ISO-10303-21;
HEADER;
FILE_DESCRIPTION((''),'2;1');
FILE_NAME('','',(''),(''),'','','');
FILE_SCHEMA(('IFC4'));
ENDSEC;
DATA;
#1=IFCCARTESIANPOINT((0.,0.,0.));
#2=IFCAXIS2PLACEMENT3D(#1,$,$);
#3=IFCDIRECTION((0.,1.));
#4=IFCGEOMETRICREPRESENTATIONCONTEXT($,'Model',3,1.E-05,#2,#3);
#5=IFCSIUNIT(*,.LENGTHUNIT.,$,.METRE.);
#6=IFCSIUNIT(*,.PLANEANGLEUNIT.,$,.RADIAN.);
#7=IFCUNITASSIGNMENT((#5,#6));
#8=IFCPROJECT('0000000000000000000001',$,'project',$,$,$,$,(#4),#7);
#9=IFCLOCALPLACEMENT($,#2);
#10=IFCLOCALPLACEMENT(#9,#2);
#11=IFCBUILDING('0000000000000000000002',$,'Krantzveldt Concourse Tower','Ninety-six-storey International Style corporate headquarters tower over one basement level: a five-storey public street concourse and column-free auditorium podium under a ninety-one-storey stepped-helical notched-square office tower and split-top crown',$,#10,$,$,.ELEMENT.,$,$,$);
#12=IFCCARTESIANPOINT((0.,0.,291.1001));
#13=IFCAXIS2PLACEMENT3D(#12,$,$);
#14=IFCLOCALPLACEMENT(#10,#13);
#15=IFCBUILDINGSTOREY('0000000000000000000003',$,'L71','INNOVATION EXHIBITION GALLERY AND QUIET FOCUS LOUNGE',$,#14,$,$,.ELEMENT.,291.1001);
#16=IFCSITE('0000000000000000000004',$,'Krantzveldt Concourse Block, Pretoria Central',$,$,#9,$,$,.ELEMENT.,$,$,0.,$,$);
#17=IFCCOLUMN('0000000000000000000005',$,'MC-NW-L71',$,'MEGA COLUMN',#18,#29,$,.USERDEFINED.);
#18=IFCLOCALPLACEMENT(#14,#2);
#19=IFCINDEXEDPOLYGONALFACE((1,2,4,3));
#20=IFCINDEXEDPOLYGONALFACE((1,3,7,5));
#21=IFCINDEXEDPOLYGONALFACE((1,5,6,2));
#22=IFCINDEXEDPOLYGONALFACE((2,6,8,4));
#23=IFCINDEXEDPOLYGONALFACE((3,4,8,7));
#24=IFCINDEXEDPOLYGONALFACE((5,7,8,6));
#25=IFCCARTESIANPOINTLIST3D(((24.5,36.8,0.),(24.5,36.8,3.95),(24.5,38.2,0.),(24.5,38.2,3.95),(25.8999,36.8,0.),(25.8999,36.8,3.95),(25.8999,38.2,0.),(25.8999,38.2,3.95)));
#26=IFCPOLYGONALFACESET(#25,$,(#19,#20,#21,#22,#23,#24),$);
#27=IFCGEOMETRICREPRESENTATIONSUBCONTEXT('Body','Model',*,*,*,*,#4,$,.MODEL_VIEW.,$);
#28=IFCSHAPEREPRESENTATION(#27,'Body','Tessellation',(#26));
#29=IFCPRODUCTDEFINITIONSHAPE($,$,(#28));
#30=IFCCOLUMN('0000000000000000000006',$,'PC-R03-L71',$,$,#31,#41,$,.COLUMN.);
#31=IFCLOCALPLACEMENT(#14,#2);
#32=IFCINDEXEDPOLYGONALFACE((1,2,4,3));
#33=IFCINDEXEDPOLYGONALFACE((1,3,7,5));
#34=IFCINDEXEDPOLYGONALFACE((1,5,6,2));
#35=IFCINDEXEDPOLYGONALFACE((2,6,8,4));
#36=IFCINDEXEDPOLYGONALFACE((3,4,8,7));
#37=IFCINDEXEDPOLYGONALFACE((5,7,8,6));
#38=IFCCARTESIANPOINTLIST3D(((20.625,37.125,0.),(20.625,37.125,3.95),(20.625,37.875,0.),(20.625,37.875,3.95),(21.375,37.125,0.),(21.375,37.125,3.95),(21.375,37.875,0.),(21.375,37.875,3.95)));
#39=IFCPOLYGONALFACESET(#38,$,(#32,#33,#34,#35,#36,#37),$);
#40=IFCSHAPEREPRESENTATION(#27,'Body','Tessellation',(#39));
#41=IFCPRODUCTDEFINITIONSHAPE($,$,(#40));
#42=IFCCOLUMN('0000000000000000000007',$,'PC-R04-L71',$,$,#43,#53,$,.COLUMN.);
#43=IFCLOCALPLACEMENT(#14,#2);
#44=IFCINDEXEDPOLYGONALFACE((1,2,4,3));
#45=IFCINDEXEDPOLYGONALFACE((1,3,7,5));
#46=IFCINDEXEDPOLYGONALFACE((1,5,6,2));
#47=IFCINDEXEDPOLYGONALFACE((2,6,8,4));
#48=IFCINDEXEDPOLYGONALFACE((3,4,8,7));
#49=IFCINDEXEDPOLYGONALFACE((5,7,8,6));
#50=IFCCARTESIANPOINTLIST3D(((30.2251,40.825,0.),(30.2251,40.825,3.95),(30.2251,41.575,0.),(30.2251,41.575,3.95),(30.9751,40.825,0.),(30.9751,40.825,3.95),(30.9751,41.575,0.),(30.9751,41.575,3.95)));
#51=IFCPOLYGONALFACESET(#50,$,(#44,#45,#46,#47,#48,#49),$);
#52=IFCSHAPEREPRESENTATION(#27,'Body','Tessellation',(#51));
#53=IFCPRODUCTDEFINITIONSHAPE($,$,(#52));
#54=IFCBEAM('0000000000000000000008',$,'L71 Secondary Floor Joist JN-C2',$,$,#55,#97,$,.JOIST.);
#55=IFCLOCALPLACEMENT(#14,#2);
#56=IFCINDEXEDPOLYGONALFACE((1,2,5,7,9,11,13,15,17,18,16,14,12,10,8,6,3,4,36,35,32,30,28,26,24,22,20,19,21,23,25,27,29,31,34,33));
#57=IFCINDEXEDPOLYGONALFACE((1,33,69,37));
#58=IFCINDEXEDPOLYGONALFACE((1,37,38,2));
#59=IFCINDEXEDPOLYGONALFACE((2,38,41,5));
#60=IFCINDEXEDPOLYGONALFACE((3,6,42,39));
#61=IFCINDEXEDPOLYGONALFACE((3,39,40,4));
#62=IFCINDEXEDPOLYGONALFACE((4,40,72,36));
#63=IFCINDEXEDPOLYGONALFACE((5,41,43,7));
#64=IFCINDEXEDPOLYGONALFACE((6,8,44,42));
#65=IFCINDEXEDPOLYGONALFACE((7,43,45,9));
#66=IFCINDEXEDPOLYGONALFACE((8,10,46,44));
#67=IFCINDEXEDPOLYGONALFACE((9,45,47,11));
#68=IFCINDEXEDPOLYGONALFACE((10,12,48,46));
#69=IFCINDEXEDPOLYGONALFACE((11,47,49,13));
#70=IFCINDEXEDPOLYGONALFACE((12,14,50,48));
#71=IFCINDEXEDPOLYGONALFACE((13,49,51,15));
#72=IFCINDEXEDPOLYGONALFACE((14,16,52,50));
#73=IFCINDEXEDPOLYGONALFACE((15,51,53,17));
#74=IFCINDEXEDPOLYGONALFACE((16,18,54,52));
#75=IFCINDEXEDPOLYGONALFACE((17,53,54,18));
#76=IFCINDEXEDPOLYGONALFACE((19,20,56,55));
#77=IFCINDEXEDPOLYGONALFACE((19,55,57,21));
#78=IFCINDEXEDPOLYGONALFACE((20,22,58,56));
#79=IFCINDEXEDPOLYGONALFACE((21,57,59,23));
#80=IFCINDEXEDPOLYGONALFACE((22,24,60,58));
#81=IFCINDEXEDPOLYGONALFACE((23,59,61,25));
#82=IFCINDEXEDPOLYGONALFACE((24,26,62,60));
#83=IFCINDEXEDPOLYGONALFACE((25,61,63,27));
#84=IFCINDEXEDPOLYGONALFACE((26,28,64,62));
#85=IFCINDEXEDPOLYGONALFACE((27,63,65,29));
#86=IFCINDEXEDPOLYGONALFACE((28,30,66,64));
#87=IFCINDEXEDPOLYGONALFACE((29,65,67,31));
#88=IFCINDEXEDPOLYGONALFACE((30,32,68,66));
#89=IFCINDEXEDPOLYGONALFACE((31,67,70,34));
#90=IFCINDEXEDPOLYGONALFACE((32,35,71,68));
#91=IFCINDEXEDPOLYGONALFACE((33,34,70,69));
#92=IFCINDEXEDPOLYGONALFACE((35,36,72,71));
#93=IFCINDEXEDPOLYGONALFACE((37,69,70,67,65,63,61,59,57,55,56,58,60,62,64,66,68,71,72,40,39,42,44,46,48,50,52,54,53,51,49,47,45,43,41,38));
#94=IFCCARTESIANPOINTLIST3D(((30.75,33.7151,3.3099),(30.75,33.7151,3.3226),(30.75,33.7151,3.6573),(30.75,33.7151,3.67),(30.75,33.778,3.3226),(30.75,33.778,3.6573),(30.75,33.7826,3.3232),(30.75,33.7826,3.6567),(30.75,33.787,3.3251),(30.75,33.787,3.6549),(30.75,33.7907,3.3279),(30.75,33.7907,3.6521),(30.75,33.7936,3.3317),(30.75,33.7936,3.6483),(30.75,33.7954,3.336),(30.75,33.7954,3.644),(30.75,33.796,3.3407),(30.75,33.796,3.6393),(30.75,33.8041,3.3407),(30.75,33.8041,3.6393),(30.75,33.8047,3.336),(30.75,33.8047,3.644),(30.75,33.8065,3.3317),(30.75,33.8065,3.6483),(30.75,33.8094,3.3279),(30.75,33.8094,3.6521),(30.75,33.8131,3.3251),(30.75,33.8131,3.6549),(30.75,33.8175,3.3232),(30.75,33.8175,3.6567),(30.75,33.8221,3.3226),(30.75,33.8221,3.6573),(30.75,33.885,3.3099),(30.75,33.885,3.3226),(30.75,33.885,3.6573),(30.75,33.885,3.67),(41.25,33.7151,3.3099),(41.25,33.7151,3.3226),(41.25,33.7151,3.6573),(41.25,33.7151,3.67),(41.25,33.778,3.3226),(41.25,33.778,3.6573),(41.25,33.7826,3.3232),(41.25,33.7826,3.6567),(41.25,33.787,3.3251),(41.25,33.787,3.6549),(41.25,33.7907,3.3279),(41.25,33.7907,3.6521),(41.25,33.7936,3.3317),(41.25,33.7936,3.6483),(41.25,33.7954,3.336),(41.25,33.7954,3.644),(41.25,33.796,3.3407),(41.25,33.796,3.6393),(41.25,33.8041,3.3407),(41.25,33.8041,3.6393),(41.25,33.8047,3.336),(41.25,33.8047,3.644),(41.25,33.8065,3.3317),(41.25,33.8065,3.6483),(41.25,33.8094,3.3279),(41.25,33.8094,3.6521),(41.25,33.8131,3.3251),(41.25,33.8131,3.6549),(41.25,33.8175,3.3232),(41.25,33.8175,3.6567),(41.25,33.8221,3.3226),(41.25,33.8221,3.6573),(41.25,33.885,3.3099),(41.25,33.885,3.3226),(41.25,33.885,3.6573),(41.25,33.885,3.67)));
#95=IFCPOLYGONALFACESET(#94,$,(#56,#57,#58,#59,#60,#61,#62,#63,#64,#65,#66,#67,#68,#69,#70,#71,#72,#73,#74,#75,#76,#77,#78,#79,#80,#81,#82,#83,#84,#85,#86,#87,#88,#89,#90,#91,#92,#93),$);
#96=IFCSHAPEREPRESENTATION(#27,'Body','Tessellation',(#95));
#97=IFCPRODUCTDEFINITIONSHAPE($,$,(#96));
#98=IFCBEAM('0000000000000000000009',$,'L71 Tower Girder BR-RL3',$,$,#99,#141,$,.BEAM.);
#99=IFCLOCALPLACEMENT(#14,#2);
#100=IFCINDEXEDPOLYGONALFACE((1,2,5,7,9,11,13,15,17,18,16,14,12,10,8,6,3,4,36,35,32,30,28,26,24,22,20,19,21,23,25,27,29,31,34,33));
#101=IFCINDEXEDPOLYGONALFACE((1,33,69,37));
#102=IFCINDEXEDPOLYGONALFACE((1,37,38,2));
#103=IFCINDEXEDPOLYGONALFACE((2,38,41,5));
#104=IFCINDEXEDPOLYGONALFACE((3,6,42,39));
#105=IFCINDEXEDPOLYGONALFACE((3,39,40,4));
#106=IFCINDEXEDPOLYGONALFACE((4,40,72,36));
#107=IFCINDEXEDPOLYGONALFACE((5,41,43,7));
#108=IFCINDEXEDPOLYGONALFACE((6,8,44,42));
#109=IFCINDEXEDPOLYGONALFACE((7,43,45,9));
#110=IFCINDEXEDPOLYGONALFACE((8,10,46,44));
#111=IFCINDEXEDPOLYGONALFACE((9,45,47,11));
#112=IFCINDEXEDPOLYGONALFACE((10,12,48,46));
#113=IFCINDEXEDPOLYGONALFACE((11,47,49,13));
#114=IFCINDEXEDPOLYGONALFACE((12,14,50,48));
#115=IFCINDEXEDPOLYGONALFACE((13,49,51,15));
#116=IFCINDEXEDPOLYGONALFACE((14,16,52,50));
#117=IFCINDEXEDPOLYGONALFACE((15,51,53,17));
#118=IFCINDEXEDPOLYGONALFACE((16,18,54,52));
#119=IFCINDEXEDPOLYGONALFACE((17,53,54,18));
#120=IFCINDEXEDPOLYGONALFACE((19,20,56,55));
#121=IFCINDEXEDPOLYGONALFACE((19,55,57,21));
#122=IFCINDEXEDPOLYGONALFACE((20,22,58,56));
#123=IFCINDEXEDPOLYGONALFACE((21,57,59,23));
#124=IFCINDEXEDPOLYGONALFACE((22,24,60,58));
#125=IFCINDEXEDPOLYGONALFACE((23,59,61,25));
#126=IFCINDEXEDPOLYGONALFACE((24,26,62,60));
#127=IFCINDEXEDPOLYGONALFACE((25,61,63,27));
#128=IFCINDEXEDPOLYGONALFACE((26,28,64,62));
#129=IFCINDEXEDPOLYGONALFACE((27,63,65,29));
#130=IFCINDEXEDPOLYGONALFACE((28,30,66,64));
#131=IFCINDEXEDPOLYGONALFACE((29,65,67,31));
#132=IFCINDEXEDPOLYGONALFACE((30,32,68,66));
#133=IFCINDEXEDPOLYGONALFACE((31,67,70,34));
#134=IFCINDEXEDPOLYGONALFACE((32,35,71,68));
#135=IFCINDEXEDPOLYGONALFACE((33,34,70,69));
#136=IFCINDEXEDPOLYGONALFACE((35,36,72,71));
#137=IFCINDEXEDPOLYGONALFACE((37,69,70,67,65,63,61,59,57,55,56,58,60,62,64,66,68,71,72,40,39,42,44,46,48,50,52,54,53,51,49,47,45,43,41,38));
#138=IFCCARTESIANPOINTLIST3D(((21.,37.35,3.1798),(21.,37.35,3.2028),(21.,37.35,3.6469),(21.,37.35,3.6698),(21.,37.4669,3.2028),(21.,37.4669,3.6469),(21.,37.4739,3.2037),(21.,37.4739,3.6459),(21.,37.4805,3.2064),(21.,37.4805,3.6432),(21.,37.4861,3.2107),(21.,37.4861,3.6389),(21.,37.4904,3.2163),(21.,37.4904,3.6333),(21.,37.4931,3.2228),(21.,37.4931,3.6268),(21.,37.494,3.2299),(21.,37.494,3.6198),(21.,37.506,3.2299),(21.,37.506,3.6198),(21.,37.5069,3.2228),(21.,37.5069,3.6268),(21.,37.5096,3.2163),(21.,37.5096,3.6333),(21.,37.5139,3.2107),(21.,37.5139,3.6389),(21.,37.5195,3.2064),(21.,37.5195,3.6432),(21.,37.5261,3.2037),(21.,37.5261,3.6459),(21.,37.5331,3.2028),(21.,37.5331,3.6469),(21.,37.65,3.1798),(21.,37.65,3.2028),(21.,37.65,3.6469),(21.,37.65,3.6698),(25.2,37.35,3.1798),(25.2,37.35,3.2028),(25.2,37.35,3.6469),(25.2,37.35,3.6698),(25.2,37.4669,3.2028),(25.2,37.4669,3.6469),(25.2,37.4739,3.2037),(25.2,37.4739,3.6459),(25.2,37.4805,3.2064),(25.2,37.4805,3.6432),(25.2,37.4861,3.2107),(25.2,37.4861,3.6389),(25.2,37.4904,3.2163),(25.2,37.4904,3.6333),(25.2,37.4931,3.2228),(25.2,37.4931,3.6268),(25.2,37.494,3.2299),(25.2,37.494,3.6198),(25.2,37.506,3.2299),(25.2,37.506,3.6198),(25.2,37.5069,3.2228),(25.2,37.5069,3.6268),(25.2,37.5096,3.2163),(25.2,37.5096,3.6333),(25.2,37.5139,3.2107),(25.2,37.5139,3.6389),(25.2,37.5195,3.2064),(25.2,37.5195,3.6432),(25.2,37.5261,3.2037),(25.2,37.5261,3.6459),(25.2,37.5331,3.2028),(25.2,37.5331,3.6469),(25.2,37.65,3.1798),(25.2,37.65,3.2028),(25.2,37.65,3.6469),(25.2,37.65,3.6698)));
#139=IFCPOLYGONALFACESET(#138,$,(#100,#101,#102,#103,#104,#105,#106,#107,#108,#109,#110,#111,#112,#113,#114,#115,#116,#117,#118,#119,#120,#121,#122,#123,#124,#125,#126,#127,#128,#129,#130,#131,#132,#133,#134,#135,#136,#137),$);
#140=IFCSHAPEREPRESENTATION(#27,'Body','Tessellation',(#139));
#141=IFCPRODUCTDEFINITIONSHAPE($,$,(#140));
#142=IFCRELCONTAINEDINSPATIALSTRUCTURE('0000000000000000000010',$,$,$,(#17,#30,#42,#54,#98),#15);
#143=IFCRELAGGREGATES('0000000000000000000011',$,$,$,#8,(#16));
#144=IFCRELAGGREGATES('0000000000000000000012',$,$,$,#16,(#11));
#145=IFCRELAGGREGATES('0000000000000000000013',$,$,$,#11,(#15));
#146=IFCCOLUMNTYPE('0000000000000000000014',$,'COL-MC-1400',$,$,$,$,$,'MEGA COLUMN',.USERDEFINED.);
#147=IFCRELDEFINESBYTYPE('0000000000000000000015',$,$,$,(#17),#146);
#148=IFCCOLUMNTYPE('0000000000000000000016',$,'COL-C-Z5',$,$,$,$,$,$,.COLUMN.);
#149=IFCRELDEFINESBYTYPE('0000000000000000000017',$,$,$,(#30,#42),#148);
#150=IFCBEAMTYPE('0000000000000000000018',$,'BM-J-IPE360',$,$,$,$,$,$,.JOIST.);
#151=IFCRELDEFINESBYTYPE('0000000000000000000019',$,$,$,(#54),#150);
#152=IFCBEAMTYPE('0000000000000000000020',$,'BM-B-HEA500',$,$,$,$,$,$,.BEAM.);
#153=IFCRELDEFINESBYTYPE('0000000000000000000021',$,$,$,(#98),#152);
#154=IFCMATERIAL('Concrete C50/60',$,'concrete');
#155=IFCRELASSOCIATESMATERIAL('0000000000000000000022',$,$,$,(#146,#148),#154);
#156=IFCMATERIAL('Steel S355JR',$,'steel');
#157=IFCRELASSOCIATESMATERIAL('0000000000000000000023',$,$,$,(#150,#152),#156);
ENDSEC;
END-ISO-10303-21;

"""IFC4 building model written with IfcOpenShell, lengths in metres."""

from ifc_helpers import new_model, si_unit, direction, frame, origin, origin_2d, place, context, subcontext, project, spatial, rectangle, i_section, extrude, source, transform, mapped, material, material_profile, profile_set, type_object, type_shapes, element, save


model = new_model("IFC4")

# Units and contexts
model_context = context("Model", 3, precision=1e-05, world=origin(), true_north=direction((0.0, 1.0)))
body_context = subcontext(model_context, "Body", "Model", "MODEL_VIEW")
ifc_project = project(units=[si_unit("LENGTHUNIT", "METRE"), si_unit("PLANEANGLEUNIT", "RADIAN")], contexts=[model_context])

# Site, building, storey
site_placement = place(None, origin())
site = spatial("IfcSite", under=ifc_project, at=site_placement, Name="Krantzveldt Concourse Block, Pretoria Central", CompositionType="ELEMENT", RefElevation=0.0)
building_placement = place(site_placement, origin())
building = spatial("IfcBuilding", under=site, at=building_placement, Name="Krantzveldt Concourse Tower", Description="Ninety-six-storey International Style corporate headquarters tower over one basement level: a five-storey public street concourse and column-free auditorium podium under a ninety-one-storey stepped-helical notched-square office tower and split-top crown", CompositionType="ELEMENT")
storey_placement = place(building_placement, frame((0.0, 0.0, 291.1001)))
storey = spatial("IfcBuildingStorey", under=building, at=storey_placement, Name="L71", Description="INNOVATION EXHIBITION GALLERY AND QUIET FOCUS LOUNGE", CompositionType="ELEMENT", Elevation=291.1001)

# Columns
ifc_material_1 = material(Name="Concrete C50/60", Category="concrete")
ifc_material_profile_1 = material_profile(ifc_material_1, rectangle(XDim=1.3999, YDim=1.3999, at=origin_2d()), Name="Concrete C50/60", Category="concrete")
ifc_profile_set_1 = profile_set([ifc_material_profile_1], Name="Concrete C50/60 - RC 1400x1400")
column_type_1 = type_object("IfcColumnType", Name="COL-MC-1400", ElementType="MEGA COLUMN", PredefinedType="USERDEFINED", material=ifc_profile_set_1)
shared_shape_1 = source(origin(), body_context, "Body", "SweptSolid", [
    extrude(rectangle(XDim=1.3999, YDim=1.3999, at=origin_2d()), origin(), (0.0, 0.0, 1.0), 3.95),
])
type_shapes(column_type_1, [shared_shape_1])
column_placement = place(storey_placement, frame((25.2, 37.5, 0.0), z_axis=(0.0, 0.0, 1.0), x_axis=(1.0, 0.0, 0.0)))
element("IfcColumn", 1, at=column_placement, inside=storey, type_object=column_type_1, Name="MC-NW-L71", ObjectType="MEGA COLUMN", PredefinedType="USERDEFINED", context=body_context, shape_type="MappedRepresentation", body=[
    mapped(shared_shape_1, transform((0.0, 0.0, 0.0), x_axis=(1.0, 0.0, 0.0), y_axis=(0.0, 1.0, 0.0), z_axis=(0.0, 0.0, 1.0), scale=1.0)),
])
ifc_material_profile_2 = material_profile(ifc_material_1, rectangle(XDim=0.75, YDim=0.75, at=origin_2d()), Name="Concrete C50/60", Category="concrete")
ifc_profile_set_2 = profile_set([ifc_material_profile_2], Name="Concrete C50/60 - RC 750x750")
column_type_2 = type_object("IfcColumnType", Name="COL-C-Z5", PredefinedType="COLUMN", material=ifc_profile_set_2)
shared_shape_2 = source(origin(), body_context, "Body", "SweptSolid", [
    extrude(rectangle(XDim=0.75, YDim=0.75, at=origin_2d()), origin(), (0.0, 0.0, 1.0), 3.95),
])
type_shapes(column_type_2, [shared_shape_2])
for number, where, z_axis, x_axis, name in (
    (2, (21.0, 37.5, 0.0), (0.0, 0.0, 1.0), (1.0, 0.0, 0.0), "PC-R03-L71"),
    (3, (30.6001, 41.2, 0.0), (0.0, 0.0, 1.0), (1.0, 0.0, 0.0), "PC-R04-L71"),
):
    element("IfcColumn", number, at=place(storey_placement, frame(where, z_axis=z_axis, x_axis=x_axis)), inside=storey, type_object=column_type_2, Name=name, PredefinedType="COLUMN", context=body_context, shape_type="MappedRepresentation", body=[
        mapped(shared_shape_2, transform((0.0, 0.0, 0.0), x_axis=(1.0, 0.0, 0.0), y_axis=(0.0, 1.0, 0.0), z_axis=(0.0, 0.0, 1.0), scale=1.0)),
    ])

# Beams
ifc_material_2 = material(Name="Steel S355JR", Category="steel")
ifc_material_profile_3 = material_profile(ifc_material_2, i_section(OverallWidth=0.1699, OverallDepth=0.3601, WebThickness=0.0081, FlangeThickness=0.0127, FilletRadius=0.0181, at=origin_2d()), Name="Steel S355JR", Category="steel")
ifc_profile_set_3 = profile_set([ifc_material_profile_3], Name="Steel S355JR - IPE 360")
beam_type_1 = type_object("IfcBeamType", Name="BM-J-IPE360", PredefinedType="JOIST", material=ifc_profile_set_3)
shared_shape_3 = source(origin(), body_context, "Body", "SweptSolid", [
    extrude(i_section(OverallWidth=0.1699, OverallDepth=0.3601, WebThickness=0.0081, FlangeThickness=0.0127, FilletRadius=0.0181, at=origin_2d()), origin(), (0.0, 0.0, 1.0), 10.5),
])
beam_1_placement = place(storey_placement, frame((30.75, 33.8, 3.49), z_axis=(1.0, 0.0, 0.0), x_axis=(0.0, 1.0, 0.0)))
element("IfcBeam", 4, at=beam_1_placement, inside=storey, type_object=beam_type_1, Name="L71 Secondary Floor Joist JN-C2", PredefinedType="JOIST", context=body_context, shape_type="MappedRepresentation", body=[
    mapped(shared_shape_3, transform((0.0, 0.0, 0.0), x_axis=(1.0, 0.0, 0.0), y_axis=(0.0, 1.0, 0.0), z_axis=(0.0, 0.0, 1.0), scale=1.0)),
])
ifc_material_profile_4 = material_profile(ifc_material_2, i_section(OverallWidth=0.3, OverallDepth=0.49, WebThickness=0.012, FlangeThickness=0.0229, FilletRadius=0.0271, at=origin_2d()), Name="Steel S355JR", Category="steel")
ifc_profile_set_4 = profile_set([ifc_material_profile_4], Name="Steel S355JR - HEA 500")
beam_type_2 = type_object("IfcBeamType", Name="BM-B-HEA500", PredefinedType="BEAM", material=ifc_profile_set_4)
shared_shape_4 = source(origin(), body_context, "Body", "SweptSolid", [
    extrude(i_section(OverallWidth=0.3, OverallDepth=0.49, WebThickness=0.012, FlangeThickness=0.0229, FilletRadius=0.0271, at=origin_2d()), origin(), (0.0, 0.0, 1.0), 4.2),
])
beam_2_placement = place(storey_placement, frame((21.0, 37.5, 3.4248), z_axis=(1.0, 0.0, 0.0), x_axis=(0.0, 1.0, 0.0)))
element("IfcBeam", 5, at=beam_2_placement, inside=storey, type_object=beam_type_2, Name="L71 Tower Girder BR-RL3", PredefinedType="BEAM", context=body_context, shape_type="MappedRepresentation", body=[
    mapped(shared_shape_4, transform((0.0, 0.0, 0.0), x_axis=(1.0, 0.0, 0.0), y_axis=(0.0, 1.0, 0.0), z_axis=(0.0, 0.0, 1.0), scale=1.0)),
])

save(model, "model.ifc")
